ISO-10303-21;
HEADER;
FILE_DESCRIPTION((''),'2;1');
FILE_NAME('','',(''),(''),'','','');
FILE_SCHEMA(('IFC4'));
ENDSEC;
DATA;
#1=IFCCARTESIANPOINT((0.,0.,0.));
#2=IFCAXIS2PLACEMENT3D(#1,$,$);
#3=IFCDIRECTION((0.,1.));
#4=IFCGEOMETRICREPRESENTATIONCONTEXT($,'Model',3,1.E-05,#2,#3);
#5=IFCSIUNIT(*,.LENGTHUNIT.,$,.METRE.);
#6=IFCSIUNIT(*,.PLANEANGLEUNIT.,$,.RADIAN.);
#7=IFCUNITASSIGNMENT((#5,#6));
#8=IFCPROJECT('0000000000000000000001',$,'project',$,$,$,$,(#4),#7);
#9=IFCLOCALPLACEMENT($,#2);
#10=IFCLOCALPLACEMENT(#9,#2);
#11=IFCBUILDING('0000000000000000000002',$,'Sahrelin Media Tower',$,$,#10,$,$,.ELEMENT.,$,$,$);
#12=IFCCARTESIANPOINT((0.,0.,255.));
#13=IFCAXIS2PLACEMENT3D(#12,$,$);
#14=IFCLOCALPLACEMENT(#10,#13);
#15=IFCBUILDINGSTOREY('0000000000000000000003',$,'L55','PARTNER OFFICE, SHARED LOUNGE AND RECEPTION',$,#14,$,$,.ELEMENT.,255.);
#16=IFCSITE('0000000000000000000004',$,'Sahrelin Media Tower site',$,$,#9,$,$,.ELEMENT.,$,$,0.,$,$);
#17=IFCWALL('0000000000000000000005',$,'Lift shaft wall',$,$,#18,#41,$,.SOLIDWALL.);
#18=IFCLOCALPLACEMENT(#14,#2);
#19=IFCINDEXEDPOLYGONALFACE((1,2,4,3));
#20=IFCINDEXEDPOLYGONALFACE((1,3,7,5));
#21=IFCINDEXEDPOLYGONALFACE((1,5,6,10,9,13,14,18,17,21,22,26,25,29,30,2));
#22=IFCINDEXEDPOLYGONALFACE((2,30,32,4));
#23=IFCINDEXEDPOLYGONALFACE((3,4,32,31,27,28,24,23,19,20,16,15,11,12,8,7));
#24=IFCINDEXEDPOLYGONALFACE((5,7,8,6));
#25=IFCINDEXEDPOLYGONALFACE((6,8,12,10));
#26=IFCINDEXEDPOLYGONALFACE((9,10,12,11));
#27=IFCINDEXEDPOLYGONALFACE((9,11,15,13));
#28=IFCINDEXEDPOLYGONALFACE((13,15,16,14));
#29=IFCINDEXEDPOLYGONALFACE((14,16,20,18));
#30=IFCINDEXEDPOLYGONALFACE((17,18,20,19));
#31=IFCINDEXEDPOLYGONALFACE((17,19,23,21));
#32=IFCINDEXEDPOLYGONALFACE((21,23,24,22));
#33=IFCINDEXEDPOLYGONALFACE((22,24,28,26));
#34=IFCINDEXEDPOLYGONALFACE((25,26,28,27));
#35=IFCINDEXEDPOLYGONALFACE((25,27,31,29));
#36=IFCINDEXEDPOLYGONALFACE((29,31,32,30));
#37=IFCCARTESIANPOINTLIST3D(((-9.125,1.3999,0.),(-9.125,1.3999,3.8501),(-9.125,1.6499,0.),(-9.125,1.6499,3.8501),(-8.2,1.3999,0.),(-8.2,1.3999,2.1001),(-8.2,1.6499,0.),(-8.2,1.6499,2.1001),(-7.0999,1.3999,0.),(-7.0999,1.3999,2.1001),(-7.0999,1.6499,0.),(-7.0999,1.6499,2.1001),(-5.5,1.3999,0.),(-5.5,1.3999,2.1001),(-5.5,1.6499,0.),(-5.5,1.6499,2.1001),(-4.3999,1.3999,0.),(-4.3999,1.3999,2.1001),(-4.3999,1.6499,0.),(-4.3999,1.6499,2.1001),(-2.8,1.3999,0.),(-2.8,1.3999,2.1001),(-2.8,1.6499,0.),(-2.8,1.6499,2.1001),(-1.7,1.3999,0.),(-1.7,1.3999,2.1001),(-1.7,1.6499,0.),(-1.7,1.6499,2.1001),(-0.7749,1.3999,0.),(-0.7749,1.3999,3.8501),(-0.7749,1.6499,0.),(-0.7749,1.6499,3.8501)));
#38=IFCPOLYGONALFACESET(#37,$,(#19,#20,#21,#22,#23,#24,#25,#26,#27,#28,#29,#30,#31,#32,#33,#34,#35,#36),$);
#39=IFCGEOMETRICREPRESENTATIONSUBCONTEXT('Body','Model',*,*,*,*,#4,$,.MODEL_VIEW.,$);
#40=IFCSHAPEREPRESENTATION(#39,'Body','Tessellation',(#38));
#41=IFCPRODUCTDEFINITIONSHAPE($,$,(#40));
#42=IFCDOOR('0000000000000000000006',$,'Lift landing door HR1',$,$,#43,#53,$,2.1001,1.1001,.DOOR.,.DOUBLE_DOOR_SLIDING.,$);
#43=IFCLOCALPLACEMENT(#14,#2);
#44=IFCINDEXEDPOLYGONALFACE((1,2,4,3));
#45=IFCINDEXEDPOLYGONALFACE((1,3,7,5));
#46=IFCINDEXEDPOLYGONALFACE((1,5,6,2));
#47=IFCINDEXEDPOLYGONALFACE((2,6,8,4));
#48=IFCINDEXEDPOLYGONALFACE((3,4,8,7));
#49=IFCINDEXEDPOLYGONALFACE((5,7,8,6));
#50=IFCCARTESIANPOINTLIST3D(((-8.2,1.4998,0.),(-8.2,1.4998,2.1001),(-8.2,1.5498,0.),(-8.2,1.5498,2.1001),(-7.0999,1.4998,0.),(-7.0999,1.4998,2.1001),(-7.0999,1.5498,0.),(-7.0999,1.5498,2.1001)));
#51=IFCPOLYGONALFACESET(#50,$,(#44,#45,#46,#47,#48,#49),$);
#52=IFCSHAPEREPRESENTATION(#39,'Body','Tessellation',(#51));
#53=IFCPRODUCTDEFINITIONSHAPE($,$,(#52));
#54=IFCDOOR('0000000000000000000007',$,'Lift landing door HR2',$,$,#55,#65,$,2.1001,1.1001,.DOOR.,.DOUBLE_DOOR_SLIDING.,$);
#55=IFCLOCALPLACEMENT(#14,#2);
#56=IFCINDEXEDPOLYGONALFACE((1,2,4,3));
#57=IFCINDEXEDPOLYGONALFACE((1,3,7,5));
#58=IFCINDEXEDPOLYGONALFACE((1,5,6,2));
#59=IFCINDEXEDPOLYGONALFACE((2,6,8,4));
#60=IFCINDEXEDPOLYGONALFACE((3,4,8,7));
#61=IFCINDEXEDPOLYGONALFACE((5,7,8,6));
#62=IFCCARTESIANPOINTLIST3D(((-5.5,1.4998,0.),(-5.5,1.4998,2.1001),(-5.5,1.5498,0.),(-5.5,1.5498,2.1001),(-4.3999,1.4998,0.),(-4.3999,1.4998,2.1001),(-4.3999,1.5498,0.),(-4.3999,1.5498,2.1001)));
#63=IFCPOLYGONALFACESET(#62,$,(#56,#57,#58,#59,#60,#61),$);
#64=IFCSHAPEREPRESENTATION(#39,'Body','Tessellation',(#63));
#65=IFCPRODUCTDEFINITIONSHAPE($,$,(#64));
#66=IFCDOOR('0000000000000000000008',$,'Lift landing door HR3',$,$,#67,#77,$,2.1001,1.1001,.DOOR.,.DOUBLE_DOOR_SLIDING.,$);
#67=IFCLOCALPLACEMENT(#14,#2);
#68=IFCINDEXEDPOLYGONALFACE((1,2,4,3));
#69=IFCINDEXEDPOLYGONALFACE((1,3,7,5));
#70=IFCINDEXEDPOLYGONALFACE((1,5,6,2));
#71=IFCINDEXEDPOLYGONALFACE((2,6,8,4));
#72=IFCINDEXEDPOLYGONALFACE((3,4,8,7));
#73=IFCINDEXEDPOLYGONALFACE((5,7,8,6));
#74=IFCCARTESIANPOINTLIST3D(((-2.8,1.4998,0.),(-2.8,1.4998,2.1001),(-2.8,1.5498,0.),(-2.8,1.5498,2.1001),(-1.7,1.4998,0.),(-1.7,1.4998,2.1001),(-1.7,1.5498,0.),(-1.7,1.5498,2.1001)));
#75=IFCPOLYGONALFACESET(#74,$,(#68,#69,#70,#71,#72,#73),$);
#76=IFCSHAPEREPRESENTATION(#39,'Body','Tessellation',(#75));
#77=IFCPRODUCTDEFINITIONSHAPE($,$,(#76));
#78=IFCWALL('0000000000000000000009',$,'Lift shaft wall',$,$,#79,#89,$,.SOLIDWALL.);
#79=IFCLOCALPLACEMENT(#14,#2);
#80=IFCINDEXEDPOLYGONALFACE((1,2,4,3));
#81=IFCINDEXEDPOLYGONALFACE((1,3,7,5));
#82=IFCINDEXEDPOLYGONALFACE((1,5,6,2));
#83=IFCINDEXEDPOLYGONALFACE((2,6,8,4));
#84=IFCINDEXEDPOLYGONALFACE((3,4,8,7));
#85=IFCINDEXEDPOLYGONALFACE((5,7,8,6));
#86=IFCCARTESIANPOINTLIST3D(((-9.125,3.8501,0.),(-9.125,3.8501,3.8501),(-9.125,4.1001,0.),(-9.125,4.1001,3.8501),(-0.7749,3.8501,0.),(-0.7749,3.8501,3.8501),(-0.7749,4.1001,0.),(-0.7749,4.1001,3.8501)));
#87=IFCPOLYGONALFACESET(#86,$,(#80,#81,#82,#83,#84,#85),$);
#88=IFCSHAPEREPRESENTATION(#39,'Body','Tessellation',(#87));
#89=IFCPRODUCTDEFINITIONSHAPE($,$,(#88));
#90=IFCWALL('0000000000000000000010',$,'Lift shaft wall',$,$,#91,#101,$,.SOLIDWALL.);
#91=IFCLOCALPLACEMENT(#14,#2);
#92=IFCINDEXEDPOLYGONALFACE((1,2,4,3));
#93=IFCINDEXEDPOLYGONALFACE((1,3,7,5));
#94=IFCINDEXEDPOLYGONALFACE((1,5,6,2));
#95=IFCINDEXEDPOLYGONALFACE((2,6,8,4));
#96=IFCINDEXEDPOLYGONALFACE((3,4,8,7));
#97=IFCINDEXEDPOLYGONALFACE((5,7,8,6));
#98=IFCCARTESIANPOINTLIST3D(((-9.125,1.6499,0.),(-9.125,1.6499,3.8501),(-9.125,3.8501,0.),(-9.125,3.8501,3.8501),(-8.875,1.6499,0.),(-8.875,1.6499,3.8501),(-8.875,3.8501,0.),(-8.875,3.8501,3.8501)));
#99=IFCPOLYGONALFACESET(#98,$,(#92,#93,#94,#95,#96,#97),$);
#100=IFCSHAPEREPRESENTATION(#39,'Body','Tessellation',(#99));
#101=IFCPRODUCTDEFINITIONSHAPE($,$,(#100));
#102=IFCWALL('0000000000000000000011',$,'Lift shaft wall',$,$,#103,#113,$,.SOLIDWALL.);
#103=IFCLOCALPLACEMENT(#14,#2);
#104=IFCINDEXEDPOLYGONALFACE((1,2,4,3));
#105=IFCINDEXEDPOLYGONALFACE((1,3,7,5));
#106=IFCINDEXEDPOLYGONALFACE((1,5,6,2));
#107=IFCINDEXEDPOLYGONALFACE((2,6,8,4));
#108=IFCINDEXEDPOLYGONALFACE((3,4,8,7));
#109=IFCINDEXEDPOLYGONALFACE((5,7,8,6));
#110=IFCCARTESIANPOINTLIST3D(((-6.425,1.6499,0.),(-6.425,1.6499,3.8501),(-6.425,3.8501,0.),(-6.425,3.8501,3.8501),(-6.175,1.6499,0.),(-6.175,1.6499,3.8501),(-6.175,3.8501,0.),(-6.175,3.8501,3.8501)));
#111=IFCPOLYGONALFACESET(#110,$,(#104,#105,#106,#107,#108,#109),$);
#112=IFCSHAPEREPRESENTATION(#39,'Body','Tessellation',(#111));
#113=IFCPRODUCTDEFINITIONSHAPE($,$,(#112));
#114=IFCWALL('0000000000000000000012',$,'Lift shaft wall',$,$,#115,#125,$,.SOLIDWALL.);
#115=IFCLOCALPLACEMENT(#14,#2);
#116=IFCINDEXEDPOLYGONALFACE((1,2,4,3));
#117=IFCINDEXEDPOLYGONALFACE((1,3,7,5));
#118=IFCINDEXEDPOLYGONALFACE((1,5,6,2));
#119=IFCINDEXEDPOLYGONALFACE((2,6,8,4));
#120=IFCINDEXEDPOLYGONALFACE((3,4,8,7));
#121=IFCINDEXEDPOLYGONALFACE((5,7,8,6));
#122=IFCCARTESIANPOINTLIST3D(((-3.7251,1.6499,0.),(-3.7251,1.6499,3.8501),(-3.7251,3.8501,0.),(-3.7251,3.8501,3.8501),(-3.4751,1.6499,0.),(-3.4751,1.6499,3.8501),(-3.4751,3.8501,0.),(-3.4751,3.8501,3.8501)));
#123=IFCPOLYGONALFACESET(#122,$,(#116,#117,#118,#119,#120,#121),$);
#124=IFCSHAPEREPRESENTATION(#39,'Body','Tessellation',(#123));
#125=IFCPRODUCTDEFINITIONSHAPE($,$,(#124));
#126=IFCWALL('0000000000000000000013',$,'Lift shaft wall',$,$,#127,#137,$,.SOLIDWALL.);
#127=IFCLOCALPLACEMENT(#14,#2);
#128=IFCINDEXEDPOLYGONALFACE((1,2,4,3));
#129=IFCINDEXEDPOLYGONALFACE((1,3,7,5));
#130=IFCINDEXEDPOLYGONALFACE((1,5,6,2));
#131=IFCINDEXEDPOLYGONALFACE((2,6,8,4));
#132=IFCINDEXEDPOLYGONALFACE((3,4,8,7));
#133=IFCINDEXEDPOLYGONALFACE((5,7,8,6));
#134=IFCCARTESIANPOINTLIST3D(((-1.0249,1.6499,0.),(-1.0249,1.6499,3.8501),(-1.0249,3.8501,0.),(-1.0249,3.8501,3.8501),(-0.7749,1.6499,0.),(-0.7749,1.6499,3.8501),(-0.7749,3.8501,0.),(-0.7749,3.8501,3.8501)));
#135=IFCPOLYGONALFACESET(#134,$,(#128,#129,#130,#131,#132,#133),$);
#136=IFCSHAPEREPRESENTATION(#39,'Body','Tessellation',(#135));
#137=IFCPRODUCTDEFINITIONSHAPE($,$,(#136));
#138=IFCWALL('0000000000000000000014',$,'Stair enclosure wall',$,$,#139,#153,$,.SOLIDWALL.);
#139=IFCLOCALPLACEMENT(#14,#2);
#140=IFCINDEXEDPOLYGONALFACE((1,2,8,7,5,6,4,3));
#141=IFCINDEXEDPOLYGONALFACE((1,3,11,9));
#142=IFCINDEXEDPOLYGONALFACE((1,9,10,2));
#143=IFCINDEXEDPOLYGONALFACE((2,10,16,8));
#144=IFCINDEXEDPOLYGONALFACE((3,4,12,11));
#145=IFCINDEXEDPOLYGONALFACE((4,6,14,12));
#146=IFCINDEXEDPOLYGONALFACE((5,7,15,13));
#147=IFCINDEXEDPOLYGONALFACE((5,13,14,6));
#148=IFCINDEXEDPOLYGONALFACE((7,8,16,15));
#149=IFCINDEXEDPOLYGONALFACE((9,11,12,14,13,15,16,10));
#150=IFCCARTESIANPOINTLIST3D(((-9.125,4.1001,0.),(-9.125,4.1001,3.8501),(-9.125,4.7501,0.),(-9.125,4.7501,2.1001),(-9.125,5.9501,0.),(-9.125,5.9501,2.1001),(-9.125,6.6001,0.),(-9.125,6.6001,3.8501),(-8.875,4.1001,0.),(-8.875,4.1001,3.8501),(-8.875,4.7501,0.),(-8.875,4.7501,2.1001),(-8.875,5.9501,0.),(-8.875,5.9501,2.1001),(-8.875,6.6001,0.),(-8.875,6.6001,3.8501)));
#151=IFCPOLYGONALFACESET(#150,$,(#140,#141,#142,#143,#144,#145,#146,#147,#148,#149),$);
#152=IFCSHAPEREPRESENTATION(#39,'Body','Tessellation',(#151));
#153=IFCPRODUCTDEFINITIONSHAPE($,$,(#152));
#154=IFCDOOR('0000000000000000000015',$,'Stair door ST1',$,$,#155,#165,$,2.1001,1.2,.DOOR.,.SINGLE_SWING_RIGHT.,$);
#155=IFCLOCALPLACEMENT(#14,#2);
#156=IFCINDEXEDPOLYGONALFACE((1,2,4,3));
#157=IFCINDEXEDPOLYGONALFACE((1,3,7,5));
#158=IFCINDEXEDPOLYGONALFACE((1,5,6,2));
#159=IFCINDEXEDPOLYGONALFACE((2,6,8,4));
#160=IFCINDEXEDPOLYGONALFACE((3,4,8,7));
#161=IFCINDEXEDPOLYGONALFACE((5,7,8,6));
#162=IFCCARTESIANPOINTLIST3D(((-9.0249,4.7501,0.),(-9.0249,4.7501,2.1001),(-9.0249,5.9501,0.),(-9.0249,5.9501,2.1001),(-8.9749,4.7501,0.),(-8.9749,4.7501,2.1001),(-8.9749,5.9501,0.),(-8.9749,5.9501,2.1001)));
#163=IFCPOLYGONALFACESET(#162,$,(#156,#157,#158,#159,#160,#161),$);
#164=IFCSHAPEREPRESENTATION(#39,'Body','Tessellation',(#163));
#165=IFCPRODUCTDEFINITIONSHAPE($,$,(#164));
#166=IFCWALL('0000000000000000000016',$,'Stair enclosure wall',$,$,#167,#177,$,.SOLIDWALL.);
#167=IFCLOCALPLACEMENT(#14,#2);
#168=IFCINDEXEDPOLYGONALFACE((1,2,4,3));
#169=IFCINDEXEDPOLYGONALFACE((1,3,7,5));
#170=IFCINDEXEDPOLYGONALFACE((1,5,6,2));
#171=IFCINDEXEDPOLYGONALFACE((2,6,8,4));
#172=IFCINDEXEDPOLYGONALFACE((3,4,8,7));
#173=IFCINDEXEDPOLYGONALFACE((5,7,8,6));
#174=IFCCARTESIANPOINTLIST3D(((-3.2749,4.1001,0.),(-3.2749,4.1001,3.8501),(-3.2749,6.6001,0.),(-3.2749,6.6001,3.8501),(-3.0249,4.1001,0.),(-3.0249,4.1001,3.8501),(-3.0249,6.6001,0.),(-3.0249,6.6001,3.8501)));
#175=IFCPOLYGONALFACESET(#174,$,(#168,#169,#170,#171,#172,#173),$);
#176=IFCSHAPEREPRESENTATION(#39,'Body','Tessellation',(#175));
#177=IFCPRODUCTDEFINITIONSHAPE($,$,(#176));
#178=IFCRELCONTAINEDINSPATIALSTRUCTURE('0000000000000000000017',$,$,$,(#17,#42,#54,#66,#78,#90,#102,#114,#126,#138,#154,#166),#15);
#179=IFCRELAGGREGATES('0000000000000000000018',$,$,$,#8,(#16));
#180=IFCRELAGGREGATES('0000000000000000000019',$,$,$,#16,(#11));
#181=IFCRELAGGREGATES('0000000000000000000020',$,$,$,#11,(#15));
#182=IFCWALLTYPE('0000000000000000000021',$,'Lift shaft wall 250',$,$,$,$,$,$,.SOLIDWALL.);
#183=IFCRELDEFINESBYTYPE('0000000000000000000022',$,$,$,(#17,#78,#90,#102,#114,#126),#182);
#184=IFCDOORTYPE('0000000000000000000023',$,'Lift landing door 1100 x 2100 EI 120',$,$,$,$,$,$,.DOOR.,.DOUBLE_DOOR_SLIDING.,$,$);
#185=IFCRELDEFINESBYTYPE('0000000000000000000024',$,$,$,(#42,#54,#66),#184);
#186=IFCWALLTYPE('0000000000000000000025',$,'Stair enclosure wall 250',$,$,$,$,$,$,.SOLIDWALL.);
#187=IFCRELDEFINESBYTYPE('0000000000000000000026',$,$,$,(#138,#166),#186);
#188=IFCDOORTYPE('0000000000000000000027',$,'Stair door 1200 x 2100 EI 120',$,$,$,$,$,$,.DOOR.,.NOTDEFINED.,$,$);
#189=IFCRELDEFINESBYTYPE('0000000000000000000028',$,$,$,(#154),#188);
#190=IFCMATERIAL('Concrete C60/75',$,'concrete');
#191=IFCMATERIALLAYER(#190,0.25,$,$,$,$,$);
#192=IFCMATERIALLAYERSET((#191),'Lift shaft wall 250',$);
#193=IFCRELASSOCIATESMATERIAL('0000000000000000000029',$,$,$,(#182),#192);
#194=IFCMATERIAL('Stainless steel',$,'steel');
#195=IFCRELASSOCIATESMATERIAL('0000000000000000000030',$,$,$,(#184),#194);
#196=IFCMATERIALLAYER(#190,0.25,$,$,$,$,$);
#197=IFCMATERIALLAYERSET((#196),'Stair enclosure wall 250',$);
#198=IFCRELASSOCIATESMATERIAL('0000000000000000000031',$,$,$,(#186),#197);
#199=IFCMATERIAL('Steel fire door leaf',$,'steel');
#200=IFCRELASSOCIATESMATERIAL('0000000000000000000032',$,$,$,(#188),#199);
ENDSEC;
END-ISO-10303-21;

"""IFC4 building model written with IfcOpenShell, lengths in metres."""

from ifc_helpers import new_model, si_unit, direction, frame, frame_2d, origin, place, context, subcontext, project, spatial, rectangle, extrude, material, layer, layer_set, type_object, element, fill, save


model = new_model("IFC4")

# Units and contexts
model_context = context("Model", 3, precision=1e-05, world=origin(), true_north=direction((0.0, 1.0)))
body_context = subcontext(model_context, "Body", "Model", "MODEL_VIEW")
ifc_project = project(units=[si_unit("LENGTHUNIT", "METRE"), si_unit("PLANEANGLEUNIT", "RADIAN")], contexts=[model_context])

# Site, building, storey
site_placement = place(None, origin())
site = spatial("IfcSite", under=ifc_project, at=site_placement, Name="Sahrelin Media Tower site", CompositionType="ELEMENT", RefElevation=0.0)
building_placement = place(site_placement, origin())
building = spatial("IfcBuilding", under=site, at=building_placement, Name="Sahrelin Media Tower", CompositionType="ELEMENT")
storey_placement = place(building_placement, frame((0.0, 0.0, 255.0)))
storey = spatial("IfcBuildingStorey", under=building, at=storey_placement, Name="L55", Description="PARTNER OFFICE, SHARED LOUNGE AND RECEPTION", CompositionType="ELEMENT", Elevation=255.0)

# Shared definitions
ifc_material_1 = material(Name="Concrete C60/75", Category="concrete")

# Shared definitions
ifc_material_2 = material(Name="Steel fire door leaf", Category="steel")

# Wall, openings, doors
ifc_layer_1 = layer(ifc_material_1, 0.25)
ifc_layer_set_1 = layer_set([ifc_layer_1], Name="Lift shaft wall 250")
wall_type_1 = type_object("IfcWallType", Name="Lift shaft wall 250", PredefinedType="SOLIDWALL", material=ifc_layer_set_1)
wall_1_placement = place(storey_placement, frame((-9.125, 1.5249, 0.0), z_axis=(0.0, 0.0, 1.0), x_axis=(1.0, 0.0, 0.0)))
wall_1 = element("IfcWall", 1, at=wall_1_placement, inside=storey, type_object=wall_type_1, Name="Lift shaft wall", PredefinedType="SOLIDWALL", context=body_context, shape_type="SweptSolid", body=[
    extrude(rectangle(XDim=8.3501, YDim=0.25, at=frame_2d((4.175, 0.0))), origin(), (0.0, 0.0, 1.0), 3.8501),
])
opening_1_placement = place(wall_1_placement, frame((0.925, 0.0, 0.0)))
opening_1 = element("IfcOpeningElement", 2, at=opening_1_placement, cuts=wall_1, PredefinedType="OPENING", context=body_context, shape_type="SweptSolid", body=[
    extrude(rectangle(XDim=1.1001, YDim=2.1001, at=frame_2d((0.55, 1.05))), frame((0.0, 0.125, 0.0), z_axis=(0.0, -1.0, 0.0), x_axis=(1.0, 0.0, 0.0)), (0.0, 0.0, 1.0), 0.25),
])
opening_2_placement = place(wall_1_placement, frame((3.625, 0.0, 0.0)))
opening_2 = element("IfcOpeningElement", 3, at=opening_2_placement, cuts=wall_1, PredefinedType="OPENING", context=body_context, shape_type="SweptSolid", body=[
    extrude(rectangle(XDim=1.1001, YDim=2.1001, at=frame_2d((0.55, 1.05))), frame((0.0, 0.125, 0.0), z_axis=(0.0, -1.0, 0.0), x_axis=(1.0, 0.0, 0.0)), (0.0, 0.0, 1.0), 0.25),
])
opening_3_placement = place(wall_1_placement, frame((6.325, 0.0, 0.0)))
opening_3 = element("IfcOpeningElement", 4, at=opening_3_placement, cuts=wall_1, PredefinedType="OPENING", context=body_context, shape_type="SweptSolid", body=[
    extrude(rectangle(XDim=1.1001, YDim=2.1001, at=frame_2d((0.55, 1.05))), frame((0.0, 0.125, 0.0), z_axis=(0.0, -1.0, 0.0), x_axis=(1.0, 0.0, 0.0)), (0.0, 0.0, 1.0), 0.25),
])
ifc_material_3 = material(Name="Stainless steel", Category="steel")
door_type_1 = type_object("IfcDoorType", Name="Lift landing door 1100 x 2100 EI 120", OperationType="DOUBLE_DOOR_SLIDING", PredefinedType="DOOR", material=ifc_material_3)
door_1_placement = place(opening_1_placement, origin())
door_1 = element("IfcDoor", 5, at=door_1_placement, inside=storey, type_object=door_type_1, Name="Lift landing door HR1", OperationType="DOUBLE_DOOR_SLIDING", OverallHeight=2.1001, OverallWidth=1.1001, PredefinedType="DOOR", context=body_context, shape_type="SweptSolid", body=[
    extrude(rectangle(XDim=1.1001, YDim=2.1001, at=frame_2d((0.55, 1.05))), frame((0.0, 0.0249, 0.0), z_axis=(0.0, -1.0, 0.0), x_axis=(1.0, 0.0, 0.0)), (0.0, 0.0, 1.0), 0.05),
])
fill(opening_1, door_1)
door_2_placement = place(opening_2_placement, origin())
door_2 = element("IfcDoor", 6, at=door_2_placement, inside=storey, type_object=door_type_1, Name="Lift landing door HR2", OperationType="DOUBLE_DOOR_SLIDING", OverallHeight=2.1001, OverallWidth=1.1001, PredefinedType="DOOR", context=body_context, shape_type="SweptSolid", body=[
    extrude(rectangle(XDim=1.1001, YDim=2.1001, at=frame_2d((0.55, 1.05))), frame((0.0, 0.0249, 0.0), z_axis=(0.0, -1.0, 0.0), x_axis=(1.0, 0.0, 0.0)), (0.0, 0.0, 1.0), 0.05),
])
fill(opening_2, door_2)
door_3_placement = place(opening_3_placement, origin())
door_3 = element("IfcDoor", 7, at=door_3_placement, inside=storey, type_object=door_type_1, Name="Lift landing door HR3", OperationType="DOUBLE_DOOR_SLIDING", OverallHeight=2.1001, OverallWidth=1.1001, PredefinedType="DOOR", context=body_context, shape_type="SweptSolid", body=[
    extrude(rectangle(XDim=1.1001, YDim=2.1001, at=frame_2d((0.55, 1.05))), frame((0.0, 0.0249, 0.0), z_axis=(0.0, -1.0, 0.0), x_axis=(1.0, 0.0, 0.0)), (0.0, 0.0, 1.0), 0.05),
])
fill(opening_3, door_3)

# Walls
wall_2_placement = place(storey_placement, frame((-9.125, 3.9751, 0.0), z_axis=(0.0, 0.0, 1.0), x_axis=(1.0, 0.0, 0.0)))
element("IfcWall", 8, at=wall_2_placement, inside=storey, type_object=wall_type_1, Name="Lift shaft wall", PredefinedType="SOLIDWALL", context=body_context, shape_type="SweptSolid", body=[
    extrude(rectangle(XDim=8.3501, YDim=0.25, at=frame_2d((4.175, 0.0))), origin(), (0.0, 0.0, 1.0), 3.8501),
])
for number, where, z_axis, x_axis, name in (
    (9, (-9.0, 1.6499, 0.0), (0.0, 0.0, 1.0), (0.0, 1.0, 0.0), "Lift shaft wall"),
    (10, (-6.3, 1.6499, 0.0), (0.0, 0.0, 1.0), (0.0, 1.0, 0.0), "Lift shaft wall"),
    (11, (-3.6001, 1.6499, 0.0), (0.0, 0.0, 1.0), (0.0, 1.0, 0.0), "Lift shaft wall"),
    (12, (-0.8999, 1.6499, 0.0), (0.0, 0.0, 1.0), (0.0, 1.0, 0.0), "Lift shaft wall"),
):
    element("IfcWall", number, at=place(storey_placement, frame(where, z_axis=z_axis, x_axis=x_axis)), inside=storey, type_object=wall_type_1, Name=name, PredefinedType="SOLIDWALL", context=body_context, shape_type="SweptSolid", body=[
        extrude(rectangle(XDim=2.2002, YDim=0.25, at=frame_2d((1.1001, 0.0))), origin(), (0.0, 0.0, 1.0), 3.8501),
    ])

# Wall, opening, door
ifc_layer_2 = layer(ifc_material_1, 0.25)
ifc_layer_set_2 = layer_set([ifc_layer_2], Name="Stair enclosure wall 250")
wall_type_2 = type_object("IfcWallType", Name="Stair enclosure wall 250", PredefinedType="SOLIDWALL", material=ifc_layer_set_2)
wall_3_placement = place(storey_placement, frame((-9.0, 4.1001, 0.0), z_axis=(0.0, 0.0, 1.0), x_axis=(0.0, 1.0, 0.0)))
wall_3 = element("IfcWall", 13, at=wall_3_placement, inside=storey, type_object=wall_type_2, Name="Stair enclosure wall", PredefinedType="SOLIDWALL", context=body_context, shape_type="SweptSolid", body=[
    extrude(rectangle(XDim=2.5, YDim=0.25, at=frame_2d((1.25, 0.0))), origin(), (0.0, 0.0, 1.0), 3.8501),
])
opening_4_placement = place(wall_3_placement, frame((0.6499, 0.0, 0.0)))
opening_4 = element("IfcOpeningElement", 14, at=opening_4_placement, cuts=wall_3, PredefinedType="OPENING", context=body_context, shape_type="SweptSolid", body=[
    extrude(rectangle(XDim=1.2, YDim=2.1001, at=frame_2d((0.6001, 1.05))), frame((0.0, 0.125, 0.0), z_axis=(0.0, -1.0, 0.0), x_axis=(1.0, 0.0, 0.0)), (0.0, 0.0, 1.0), 0.25),
])
door_type_2 = type_object("IfcDoorType", Name="Stair door 1200 x 2100 EI 120", OperationType="NOTDEFINED", PredefinedType="DOOR", material=ifc_material_2)
door_4_placement = place(opening_4_placement, origin())
door_4 = element("IfcDoor", 15, at=door_4_placement, inside=storey, type_object=door_type_2, Name="Stair door ST1", OperationType="SINGLE_SWING_RIGHT", OverallHeight=2.1001, OverallWidth=1.2, PredefinedType="DOOR", context=body_context, shape_type="SweptSolid", body=[
    extrude(rectangle(XDim=1.2, YDim=2.1001, at=frame_2d((0.6001, 1.05))), frame((0.0, 0.0249, 0.0), z_axis=(0.0, -1.0, 0.0), x_axis=(1.0, 0.0, 0.0)), (0.0, 0.0, 1.0), 0.05),
])
fill(opening_4, door_4)

# Wall
wall_4_placement = place(storey_placement, frame((-3.1499, 4.1001, 0.0), z_axis=(0.0, 0.0, 1.0), x_axis=(0.0, 1.0, 0.0)))
element("IfcWall", 16, at=wall_4_placement, inside=storey, type_object=wall_type_2, Name="Stair enclosure wall", PredefinedType="SOLIDWALL", context=body_context, shape_type="SweptSolid", body=[
    extrude(rectangle(XDim=2.5, YDim=0.25, at=frame_2d((1.25, 0.0))), origin(), (0.0, 0.0, 1.0), 3.8501),
])

save(model, "model.ifc")
